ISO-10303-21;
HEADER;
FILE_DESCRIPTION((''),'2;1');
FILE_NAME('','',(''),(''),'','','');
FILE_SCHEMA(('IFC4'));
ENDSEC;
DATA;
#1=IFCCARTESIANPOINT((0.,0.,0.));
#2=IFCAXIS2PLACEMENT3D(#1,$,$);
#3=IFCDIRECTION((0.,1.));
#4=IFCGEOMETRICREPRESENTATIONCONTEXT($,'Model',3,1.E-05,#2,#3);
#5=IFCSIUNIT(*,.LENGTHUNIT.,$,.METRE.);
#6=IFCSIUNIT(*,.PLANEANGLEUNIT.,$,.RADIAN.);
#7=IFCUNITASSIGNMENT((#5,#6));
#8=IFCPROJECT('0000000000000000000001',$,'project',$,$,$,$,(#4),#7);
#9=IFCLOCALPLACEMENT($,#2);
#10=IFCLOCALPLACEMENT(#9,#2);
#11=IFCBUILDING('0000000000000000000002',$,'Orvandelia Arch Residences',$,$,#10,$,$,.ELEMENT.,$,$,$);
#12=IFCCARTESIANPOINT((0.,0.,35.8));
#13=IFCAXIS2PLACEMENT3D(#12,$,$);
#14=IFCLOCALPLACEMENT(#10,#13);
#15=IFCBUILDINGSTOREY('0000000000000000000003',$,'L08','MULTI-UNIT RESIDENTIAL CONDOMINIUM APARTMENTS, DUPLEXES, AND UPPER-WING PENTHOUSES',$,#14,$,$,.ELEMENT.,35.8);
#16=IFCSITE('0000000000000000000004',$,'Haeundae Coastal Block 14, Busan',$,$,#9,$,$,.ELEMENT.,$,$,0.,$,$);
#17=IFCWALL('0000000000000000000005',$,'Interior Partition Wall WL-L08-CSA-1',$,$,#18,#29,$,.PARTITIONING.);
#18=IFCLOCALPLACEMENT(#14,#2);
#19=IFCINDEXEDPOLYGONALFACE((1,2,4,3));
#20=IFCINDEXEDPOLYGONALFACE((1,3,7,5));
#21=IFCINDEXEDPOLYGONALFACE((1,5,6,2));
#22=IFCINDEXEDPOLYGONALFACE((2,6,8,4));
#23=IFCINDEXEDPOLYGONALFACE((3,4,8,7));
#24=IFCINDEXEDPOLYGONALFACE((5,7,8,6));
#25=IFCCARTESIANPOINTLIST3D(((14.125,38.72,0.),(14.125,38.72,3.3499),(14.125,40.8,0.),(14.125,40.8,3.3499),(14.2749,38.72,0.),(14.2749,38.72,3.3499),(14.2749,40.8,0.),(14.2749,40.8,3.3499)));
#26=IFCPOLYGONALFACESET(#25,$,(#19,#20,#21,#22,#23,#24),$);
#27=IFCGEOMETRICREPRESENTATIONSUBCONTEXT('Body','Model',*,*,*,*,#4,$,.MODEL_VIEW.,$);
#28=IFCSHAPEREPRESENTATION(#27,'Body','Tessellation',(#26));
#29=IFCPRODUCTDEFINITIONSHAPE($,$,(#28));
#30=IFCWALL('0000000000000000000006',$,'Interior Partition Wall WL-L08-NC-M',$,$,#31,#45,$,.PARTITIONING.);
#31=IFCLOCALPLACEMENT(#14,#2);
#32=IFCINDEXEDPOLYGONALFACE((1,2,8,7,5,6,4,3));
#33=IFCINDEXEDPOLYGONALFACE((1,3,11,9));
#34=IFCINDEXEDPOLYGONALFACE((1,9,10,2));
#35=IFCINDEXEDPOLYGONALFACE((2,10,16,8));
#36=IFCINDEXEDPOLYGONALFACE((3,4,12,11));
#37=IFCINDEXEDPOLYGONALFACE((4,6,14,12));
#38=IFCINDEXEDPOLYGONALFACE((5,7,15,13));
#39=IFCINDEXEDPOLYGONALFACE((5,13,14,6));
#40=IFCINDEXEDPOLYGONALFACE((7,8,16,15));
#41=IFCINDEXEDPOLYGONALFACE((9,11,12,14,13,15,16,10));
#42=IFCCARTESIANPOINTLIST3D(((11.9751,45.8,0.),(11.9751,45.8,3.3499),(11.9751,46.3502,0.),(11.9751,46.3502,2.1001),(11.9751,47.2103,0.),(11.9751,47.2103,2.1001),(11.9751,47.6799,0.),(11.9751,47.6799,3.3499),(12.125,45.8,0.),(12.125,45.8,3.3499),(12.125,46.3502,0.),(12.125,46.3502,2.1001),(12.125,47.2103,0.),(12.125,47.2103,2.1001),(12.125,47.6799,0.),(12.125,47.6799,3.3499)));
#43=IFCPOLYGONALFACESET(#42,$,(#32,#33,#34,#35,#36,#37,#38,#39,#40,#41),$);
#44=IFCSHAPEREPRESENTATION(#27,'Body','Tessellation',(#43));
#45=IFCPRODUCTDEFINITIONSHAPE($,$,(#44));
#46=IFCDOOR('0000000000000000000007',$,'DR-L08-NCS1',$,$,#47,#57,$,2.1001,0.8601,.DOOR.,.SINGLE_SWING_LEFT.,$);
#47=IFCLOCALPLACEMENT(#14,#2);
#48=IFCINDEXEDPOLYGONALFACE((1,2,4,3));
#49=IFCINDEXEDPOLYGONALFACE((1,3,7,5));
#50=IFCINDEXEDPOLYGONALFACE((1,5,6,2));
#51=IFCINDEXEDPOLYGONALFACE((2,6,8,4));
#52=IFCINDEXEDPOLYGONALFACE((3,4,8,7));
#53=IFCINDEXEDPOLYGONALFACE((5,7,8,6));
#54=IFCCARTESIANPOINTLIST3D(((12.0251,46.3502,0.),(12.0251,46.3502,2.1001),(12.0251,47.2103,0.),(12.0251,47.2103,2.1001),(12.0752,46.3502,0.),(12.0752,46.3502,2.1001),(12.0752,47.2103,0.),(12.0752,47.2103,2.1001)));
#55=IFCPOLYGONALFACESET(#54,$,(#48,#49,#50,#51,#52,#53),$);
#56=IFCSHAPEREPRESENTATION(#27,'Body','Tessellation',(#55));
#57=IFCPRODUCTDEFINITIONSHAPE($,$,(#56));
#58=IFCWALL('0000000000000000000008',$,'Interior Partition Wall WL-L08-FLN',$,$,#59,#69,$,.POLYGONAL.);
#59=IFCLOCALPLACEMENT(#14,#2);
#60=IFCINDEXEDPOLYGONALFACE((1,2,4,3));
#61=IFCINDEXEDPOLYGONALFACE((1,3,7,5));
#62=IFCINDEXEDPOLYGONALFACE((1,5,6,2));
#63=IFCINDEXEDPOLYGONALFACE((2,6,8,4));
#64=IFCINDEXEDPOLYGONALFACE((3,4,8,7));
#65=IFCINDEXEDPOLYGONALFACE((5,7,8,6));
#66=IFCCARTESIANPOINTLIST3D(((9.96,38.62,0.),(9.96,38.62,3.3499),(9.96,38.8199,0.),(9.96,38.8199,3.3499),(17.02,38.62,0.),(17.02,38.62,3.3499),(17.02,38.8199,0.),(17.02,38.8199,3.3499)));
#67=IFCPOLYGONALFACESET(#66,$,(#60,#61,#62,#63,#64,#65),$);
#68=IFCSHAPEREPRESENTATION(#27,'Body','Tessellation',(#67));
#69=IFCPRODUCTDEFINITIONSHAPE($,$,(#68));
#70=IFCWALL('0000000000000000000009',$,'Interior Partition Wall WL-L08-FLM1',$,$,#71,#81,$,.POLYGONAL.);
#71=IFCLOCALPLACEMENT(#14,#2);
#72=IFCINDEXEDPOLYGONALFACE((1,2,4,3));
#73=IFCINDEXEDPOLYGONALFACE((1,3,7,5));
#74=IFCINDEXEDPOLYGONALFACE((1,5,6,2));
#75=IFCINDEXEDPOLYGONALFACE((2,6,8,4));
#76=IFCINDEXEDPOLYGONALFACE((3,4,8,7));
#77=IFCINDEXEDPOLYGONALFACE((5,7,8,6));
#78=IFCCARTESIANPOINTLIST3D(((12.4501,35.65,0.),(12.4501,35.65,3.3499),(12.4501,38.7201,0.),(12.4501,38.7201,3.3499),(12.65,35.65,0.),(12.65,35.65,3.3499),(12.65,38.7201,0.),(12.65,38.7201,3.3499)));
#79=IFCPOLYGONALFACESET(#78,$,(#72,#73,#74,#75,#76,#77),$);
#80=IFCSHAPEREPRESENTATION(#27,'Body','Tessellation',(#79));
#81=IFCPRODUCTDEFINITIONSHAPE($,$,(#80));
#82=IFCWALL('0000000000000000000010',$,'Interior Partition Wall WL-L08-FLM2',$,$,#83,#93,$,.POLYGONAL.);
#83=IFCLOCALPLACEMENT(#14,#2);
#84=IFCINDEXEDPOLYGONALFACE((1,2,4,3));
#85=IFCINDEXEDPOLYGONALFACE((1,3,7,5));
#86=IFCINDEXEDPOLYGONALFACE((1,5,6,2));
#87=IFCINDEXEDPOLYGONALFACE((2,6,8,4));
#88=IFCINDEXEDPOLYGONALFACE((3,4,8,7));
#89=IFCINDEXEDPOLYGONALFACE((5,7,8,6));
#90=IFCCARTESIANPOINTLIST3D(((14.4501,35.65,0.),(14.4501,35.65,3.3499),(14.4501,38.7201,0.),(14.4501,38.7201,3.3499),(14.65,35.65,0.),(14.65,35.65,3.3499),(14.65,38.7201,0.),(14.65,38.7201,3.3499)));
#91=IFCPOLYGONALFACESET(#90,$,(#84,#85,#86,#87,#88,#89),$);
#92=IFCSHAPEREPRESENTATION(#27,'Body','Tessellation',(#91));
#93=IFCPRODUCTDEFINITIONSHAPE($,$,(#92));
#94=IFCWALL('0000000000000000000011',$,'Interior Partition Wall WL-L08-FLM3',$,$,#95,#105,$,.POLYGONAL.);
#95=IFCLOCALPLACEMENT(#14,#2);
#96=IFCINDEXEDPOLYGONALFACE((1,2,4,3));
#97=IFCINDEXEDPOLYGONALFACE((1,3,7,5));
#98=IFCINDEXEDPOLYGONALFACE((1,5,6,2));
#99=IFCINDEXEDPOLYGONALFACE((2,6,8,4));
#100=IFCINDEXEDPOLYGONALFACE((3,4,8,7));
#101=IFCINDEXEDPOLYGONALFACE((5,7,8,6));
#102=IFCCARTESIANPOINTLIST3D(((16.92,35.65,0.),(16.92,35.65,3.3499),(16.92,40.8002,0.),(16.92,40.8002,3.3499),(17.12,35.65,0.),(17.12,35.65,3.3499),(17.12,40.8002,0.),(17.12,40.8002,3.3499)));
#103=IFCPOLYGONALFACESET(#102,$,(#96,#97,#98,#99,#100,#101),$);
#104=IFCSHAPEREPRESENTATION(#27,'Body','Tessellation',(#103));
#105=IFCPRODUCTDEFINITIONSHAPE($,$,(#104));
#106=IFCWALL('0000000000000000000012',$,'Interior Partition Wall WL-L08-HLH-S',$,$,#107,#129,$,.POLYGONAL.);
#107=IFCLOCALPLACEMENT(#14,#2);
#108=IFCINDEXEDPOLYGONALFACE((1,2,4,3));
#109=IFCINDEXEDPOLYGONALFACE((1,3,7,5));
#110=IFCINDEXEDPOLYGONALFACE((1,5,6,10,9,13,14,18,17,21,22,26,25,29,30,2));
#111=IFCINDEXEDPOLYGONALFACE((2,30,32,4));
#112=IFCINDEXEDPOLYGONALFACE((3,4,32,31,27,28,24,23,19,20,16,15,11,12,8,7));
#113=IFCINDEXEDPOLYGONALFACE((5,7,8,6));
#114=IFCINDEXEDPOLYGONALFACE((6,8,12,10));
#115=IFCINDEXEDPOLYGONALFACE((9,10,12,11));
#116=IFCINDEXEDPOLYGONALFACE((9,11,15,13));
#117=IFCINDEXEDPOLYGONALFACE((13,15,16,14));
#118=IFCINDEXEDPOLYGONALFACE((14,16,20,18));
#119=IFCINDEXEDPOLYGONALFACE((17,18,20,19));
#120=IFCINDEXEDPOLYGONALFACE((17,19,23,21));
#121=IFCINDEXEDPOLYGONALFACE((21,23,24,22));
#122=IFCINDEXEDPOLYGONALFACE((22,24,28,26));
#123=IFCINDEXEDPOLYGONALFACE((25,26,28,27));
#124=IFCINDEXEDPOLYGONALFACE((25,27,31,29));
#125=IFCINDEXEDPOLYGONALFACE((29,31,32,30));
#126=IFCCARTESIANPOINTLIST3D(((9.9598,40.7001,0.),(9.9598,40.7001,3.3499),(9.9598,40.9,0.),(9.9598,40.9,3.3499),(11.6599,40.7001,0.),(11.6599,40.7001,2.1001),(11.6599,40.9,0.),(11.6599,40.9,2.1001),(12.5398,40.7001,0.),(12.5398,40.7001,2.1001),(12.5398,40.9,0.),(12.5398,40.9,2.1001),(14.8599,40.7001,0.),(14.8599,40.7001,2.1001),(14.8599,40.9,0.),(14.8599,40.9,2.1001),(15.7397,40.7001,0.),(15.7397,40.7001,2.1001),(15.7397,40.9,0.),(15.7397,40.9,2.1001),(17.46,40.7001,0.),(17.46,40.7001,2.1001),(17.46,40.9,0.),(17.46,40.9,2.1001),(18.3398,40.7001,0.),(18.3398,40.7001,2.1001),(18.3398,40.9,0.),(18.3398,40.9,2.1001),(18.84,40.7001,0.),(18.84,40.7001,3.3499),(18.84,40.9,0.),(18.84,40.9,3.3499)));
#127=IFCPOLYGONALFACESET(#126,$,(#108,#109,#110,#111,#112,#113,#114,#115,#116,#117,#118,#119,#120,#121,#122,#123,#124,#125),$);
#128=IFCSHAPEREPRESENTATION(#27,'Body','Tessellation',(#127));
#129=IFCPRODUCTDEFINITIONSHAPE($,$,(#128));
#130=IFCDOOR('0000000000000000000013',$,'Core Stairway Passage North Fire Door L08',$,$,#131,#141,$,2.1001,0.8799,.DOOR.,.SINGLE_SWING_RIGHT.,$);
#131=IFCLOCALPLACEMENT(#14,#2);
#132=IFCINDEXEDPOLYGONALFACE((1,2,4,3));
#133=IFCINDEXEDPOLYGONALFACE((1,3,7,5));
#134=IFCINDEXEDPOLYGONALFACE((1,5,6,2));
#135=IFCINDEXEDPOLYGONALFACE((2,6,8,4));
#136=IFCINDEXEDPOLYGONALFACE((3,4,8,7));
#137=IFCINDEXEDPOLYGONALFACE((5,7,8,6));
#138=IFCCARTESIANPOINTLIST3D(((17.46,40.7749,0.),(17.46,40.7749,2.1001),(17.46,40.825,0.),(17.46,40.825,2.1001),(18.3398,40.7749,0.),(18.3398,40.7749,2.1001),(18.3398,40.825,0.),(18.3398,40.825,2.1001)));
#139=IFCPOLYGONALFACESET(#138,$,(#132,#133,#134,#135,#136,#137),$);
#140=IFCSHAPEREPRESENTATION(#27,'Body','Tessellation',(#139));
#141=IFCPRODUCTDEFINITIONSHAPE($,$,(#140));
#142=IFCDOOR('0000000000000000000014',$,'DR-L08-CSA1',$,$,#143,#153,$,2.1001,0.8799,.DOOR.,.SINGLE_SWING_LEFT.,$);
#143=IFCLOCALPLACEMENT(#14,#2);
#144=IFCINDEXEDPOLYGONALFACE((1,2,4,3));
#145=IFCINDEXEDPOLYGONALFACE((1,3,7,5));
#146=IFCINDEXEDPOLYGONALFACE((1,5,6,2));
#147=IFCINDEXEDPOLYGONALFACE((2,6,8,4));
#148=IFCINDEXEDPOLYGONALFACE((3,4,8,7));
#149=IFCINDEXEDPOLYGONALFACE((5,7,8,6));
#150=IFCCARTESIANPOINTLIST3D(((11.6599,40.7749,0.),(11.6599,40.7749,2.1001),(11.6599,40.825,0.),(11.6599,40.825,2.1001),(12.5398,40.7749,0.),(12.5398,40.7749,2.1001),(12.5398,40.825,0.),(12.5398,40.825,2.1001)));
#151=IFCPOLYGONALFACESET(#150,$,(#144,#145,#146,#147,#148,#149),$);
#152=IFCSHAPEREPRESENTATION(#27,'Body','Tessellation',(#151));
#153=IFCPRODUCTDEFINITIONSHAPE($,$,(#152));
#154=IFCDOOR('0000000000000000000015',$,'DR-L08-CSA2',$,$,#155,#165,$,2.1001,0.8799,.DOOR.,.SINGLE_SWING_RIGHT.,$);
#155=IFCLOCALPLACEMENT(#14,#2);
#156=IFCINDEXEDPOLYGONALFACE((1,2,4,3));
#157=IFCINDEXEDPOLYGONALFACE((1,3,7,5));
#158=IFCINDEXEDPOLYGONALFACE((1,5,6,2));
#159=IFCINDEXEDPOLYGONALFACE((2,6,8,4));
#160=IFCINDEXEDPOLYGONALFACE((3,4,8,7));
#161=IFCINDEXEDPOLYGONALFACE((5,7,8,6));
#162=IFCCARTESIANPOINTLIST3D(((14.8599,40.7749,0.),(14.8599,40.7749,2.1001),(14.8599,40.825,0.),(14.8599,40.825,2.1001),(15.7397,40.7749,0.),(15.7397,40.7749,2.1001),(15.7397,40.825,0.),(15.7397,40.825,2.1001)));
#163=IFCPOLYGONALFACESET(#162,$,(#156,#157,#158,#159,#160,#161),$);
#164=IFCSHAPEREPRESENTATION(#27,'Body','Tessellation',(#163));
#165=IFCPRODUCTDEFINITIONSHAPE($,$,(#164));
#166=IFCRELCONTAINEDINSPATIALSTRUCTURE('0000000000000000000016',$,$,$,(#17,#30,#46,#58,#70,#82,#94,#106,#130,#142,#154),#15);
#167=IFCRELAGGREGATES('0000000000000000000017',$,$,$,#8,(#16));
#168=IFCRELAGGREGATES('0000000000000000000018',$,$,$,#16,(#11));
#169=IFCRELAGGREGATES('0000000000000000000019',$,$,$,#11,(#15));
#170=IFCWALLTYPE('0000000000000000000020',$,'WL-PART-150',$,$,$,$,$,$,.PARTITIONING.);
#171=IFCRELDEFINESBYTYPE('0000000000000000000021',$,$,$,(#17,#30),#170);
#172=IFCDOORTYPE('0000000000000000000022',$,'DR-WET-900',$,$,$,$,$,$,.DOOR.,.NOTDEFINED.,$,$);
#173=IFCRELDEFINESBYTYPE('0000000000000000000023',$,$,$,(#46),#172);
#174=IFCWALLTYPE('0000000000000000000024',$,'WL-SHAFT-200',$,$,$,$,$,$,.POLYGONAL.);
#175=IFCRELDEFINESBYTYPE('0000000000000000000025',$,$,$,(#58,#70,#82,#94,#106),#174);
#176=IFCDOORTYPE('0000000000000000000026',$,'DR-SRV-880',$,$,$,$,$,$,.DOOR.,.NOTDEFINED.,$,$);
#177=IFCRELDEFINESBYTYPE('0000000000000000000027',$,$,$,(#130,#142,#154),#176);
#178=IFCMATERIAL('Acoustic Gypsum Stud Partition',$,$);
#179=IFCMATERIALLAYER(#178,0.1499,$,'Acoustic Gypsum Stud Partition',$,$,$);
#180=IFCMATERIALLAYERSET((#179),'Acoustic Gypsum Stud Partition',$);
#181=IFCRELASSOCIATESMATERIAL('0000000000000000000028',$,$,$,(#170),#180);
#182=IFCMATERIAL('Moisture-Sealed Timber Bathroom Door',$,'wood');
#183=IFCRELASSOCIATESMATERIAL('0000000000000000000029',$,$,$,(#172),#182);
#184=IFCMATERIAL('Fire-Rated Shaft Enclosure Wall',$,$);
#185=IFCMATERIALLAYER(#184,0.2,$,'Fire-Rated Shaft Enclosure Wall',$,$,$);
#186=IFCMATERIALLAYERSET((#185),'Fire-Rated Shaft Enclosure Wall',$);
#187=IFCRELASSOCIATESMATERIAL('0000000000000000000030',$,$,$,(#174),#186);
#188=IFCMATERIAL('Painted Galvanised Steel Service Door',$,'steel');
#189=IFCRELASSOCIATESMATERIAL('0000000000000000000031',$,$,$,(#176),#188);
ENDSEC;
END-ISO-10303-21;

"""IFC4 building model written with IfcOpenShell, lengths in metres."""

from ifc_helpers import new_model, si_unit, direction, frame, frame_2d, origin, place, context, subcontext, project, spatial, rectangle, extrude, material, layer, layer_set, type_object, element, fill, save


model = new_model("IFC4")

# Units and contexts
model_context = context("Model", 3, precision=1e-05, world=origin(), true_north=direction((0.0, 1.0)))
body_context = subcontext(model_context, "Body", "Model", "MODEL_VIEW")
ifc_project = project(units=[si_unit("LENGTHUNIT", "METRE"), si_unit("PLANEANGLEUNIT", "RADIAN")], contexts=[model_context])

# Site, building, storey
site_placement = place(None, origin())
site = spatial("IfcSite", under=ifc_project, at=site_placement, Name="Haeundae Coastal Block 14, Busan", CompositionType="ELEMENT", RefElevation=0.0)
building_placement = place(site_placement, origin())
building = spatial("IfcBuilding", under=site, at=building_placement, Name="Orvandelia Arch Residences", CompositionType="ELEMENT")
storey_placement = place(building_placement, frame((0.0, 0.0, 35.8)))
storey = spatial("IfcBuildingStorey", under=building, at=storey_placement, Name="L08", Description="MULTI-UNIT RESIDENTIAL CONDOMINIUM APARTMENTS, DUPLEXES, AND UPPER-WING PENTHOUSES", CompositionType="ELEMENT", Elevation=35.8)

# Wall
ifc_material_1 = material(Name="Acoustic Gypsum Stud Partition")
ifc_layer_1 = layer(ifc_material_1, 0.1499, Name="Acoustic Gypsum Stud Partition")
ifc_layer_set_1 = layer_set([ifc_layer_1], Name="Acoustic Gypsum Stud Partition")
wall_type_1 = type_object("IfcWallType", Name="WL-PART-150", PredefinedType="PARTITIONING", material=ifc_layer_set_1)
wall_1_placement = place(storey_placement, frame((14.2, 38.72, 0.0), z_axis=(0.0, 0.0, 1.0), x_axis=(0.0, 1.0, 0.0)))
element("IfcWall", 1, at=wall_1_placement, inside=storey, type_object=wall_type_1, Name="Interior Partition Wall WL-L08-CSA-1", PredefinedType="PARTITIONING", context=body_context, shape_type="SweptSolid", body=[
    extrude(rectangle(XDim=2.0801, YDim=0.1499, at=frame_2d((1.04, 0.0))), origin(), (0.0, 0.0, 1.0), 3.3499),
])

# Wall, opening, door
wall_2_placement = place(storey_placement, frame((12.05, 45.8, 0.0), z_axis=(0.0, 0.0, 1.0), x_axis=(0.0, 1.0, 0.0)))
wall_2 = element("IfcWall", 2, at=wall_2_placement, inside=storey, type_object=wall_type_1, Name="Interior Partition Wall WL-L08-NC-M", PredefinedType="PARTITIONING", context=body_context, shape_type="SweptSolid", body=[
    extrude(rectangle(XDim=1.8799, YDim=0.1499, at=frame_2d((0.9399, 0.0))), origin(), (0.0, 0.0, 1.0), 3.3499),
])
opening_1_placement = place(wall_2_placement, frame((0.55, 0.0, 0.0)))
opening_1 = element("IfcOpeningElement", 3, at=opening_1_placement, cuts=wall_2, PredefinedType="OPENING", context=body_context, shape_type="SweptSolid", body=[
    extrude(rectangle(XDim=0.8601, YDim=2.1001, at=frame_2d((0.4302, 1.05))), frame((0.0, 0.085, 0.0), z_axis=(0.0, -1.0, 0.0), x_axis=(1.0, 0.0, 0.0)), (0.0, 0.0, 1.0), 0.1699),
])
ifc_material_2 = material(Name="Moisture-Sealed Timber Bathroom Door", Category="wood")
door_type_1 = type_object("IfcDoorType", Name="DR-WET-900", OperationType="NOTDEFINED", PredefinedType="DOOR", material=ifc_material_2)
door_1_placement = place(opening_1_placement, origin())
door_1 = element("IfcDoor", 4, at=door_1_placement, inside=storey, type_object=door_type_1, Name="DR-L08-NCS1", OperationType="SINGLE_SWING_LEFT", OverallHeight=2.1001, OverallWidth=0.8601, PredefinedType="DOOR", context=body_context, shape_type="SweptSolid", body=[
    extrude(rectangle(XDim=0.8601, YDim=2.1001, at=frame_2d((0.4302, 1.05))), frame((0.0, 0.0249, 0.0), z_axis=(0.0, -1.0, 0.0), x_axis=(1.0, 0.0, 0.0)), (0.0, 0.0, 1.0), 0.05),
])
fill(opening_1, door_1)

# Walls
ifc_material_3 = material(Name="Fire-Rated Shaft Enclosure Wall")
ifc_layer_2 = layer(ifc_material_3, 0.2, Name="Fire-Rated Shaft Enclosure Wall")
ifc_layer_set_2 = layer_set([ifc_layer_2], Name="Fire-Rated Shaft Enclosure Wall")
wall_type_2 = type_object("IfcWallType", Name="WL-SHAFT-200", PredefinedType="POLYGONAL", material=ifc_layer_set_2)
wall_3_placement = place(storey_placement, frame((9.96, 38.72, 0.0), z_axis=(0.0, 0.0, 1.0), x_axis=(1.0, 0.0, 0.0)))
element("IfcWall", 5, at=wall_3_placement, inside=storey, type_object=wall_type_2, Name="Interior Partition Wall WL-L08-FLN", PredefinedType="POLYGONAL", context=body_context, shape_type="SweptSolid", body=[
    extrude(rectangle(XDim=7.0601, YDim=0.2, at=frame_2d((3.53, 0.0))), origin(), (0.0, 0.0, 1.0), 3.3499),
])
for number, where, z_axis, x_axis, name in (
    (6, (12.55, 35.6499, 0.0), (0.0, 0.0, 1.0), (0.0, 1.0, 0.0), "Interior Partition Wall WL-L08-FLM1"),
    (7, (14.55, 35.6499, 0.0), (0.0, 0.0, 1.0), (0.0, 1.0, 0.0), "Interior Partition Wall WL-L08-FLM2"),
):
    element("IfcWall", number, at=place(storey_placement, frame(where, z_axis=z_axis, x_axis=x_axis)), inside=storey, type_object=wall_type_2, Name=name, PredefinedType="POLYGONAL", context=body_context, shape_type="SweptSolid", body=[
        extrude(rectangle(XDim=3.0701, YDim=0.2, at=frame_2d((1.5352, 0.0))), origin(), (0.0, 0.0, 1.0), 3.3499),
    ])
wall_4_placement = place(storey_placement, frame((17.02, 35.6499, 0.0), z_axis=(0.0, 0.0, 1.0), x_axis=(0.0, 1.0, 0.0)))
element("IfcWall", 8, at=wall_4_placement, inside=storey, type_object=wall_type_2, Name="Interior Partition Wall WL-L08-FLM3", PredefinedType="POLYGONAL", context=body_context, shape_type="SweptSolid", body=[
    extrude(rectangle(XDim=5.1501, YDim=0.2, at=frame_2d((2.5752, 0.0))), origin(), (0.0, 0.0, 1.0), 3.3499),
])

# Wall, openings, doors
wall_5_placement = place(storey_placement, frame((9.96, 40.8, 0.0), z_axis=(0.0, 0.0, 1.0), x_axis=(1.0, 0.0, 0.0)))
wall_5 = element("IfcWall", 9, at=wall_5_placement, inside=storey, type_object=wall_type_2, Name="Interior Partition Wall WL-L08-HLH-S", PredefinedType="POLYGONAL", context=body_context, shape_type="SweptSolid", body=[
    extrude(rectangle(XDim=8.8801, YDim=0.2, at=frame_2d((4.4399, 0.0))), origin(), (0.0, 0.0, 1.0), 3.3499),
])
opening_2_placement = place(wall_5_placement, frame((7.5, 0.0, 0.0)))
opening_2 = element("IfcOpeningElement", 10, at=opening_2_placement, cuts=wall_5, PredefinedType="OPENING", context=body_context, shape_type="SweptSolid", body=[
    extrude(rectangle(XDim=0.8799, YDim=2.1001, at=frame_2d((0.4399, 1.05))), frame((0.0, 0.1099, 0.0), z_axis=(0.0, -1.0, 0.0), x_axis=(1.0, 0.0, 0.0)), (0.0, 0.0, 1.0), 0.22),
])
opening_3_placement = place(wall_5_placement, frame((1.7, 0.0, 0.0)))
opening_3 = element("IfcOpeningElement", 11, at=opening_3_placement, cuts=wall_5, PredefinedType="OPENING", context=body_context, shape_type="SweptSolid", body=[
    extrude(rectangle(XDim=0.8799, YDim=2.1001, at=frame_2d((0.4399, 1.05))), frame((0.0, 0.1099, 0.0), z_axis=(0.0, -1.0, 0.0), x_axis=(1.0, 0.0, 0.0)), (0.0, 0.0, 1.0), 0.22),
])
opening_4_placement = place(wall_5_placement, frame((4.8999, 0.0, 0.0)))
opening_4 = element("IfcOpeningElement", 12, at=opening_4_placement, cuts=wall_5, PredefinedType="OPENING", context=body_context, shape_type="SweptSolid", body=[
    extrude(rectangle(XDim=0.8799, YDim=2.1001, at=frame_2d((0.4399, 1.05))), frame((0.0, 0.1099, 0.0), z_axis=(0.0, -1.0, 0.0), x_axis=(1.0, 0.0, 0.0)), (0.0, 0.0, 1.0), 0.22),
])
ifc_material_4 = material(Name="Painted Galvanised Steel Service Door", Category="steel")
door_type_2 = type_object("IfcDoorType", Name="DR-SRV-880", OperationType="NOTDEFINED", PredefinedType="DOOR", material=ifc_material_4)
door_2_placement = place(opening_2_placement, origin())
door_2 = element("IfcDoor", 13, at=door_2_placement, inside=storey, type_object=door_type_2, Name="Core Stairway Passage North Fire Door L08", OperationType="SINGLE_SWING_RIGHT", OverallHeight=2.1001, OverallWidth=0.8799, PredefinedType="DOOR", context=body_context, shape_type="SweptSolid", body=[
    extrude(rectangle(XDim=0.8799, YDim=2.1001, at=frame_2d((0.4399, 1.05))), frame((0.0, 0.0249, 0.0), z_axis=(0.0, -1.0, 0.0), x_axis=(1.0, 0.0, 0.0)), (0.0, 0.0, 1.0), 0.05),
])
fill(opening_2, door_2)
door_3_placement = place(opening_3_placement, origin())
door_3 = element("IfcDoor", 14, at=door_3_placement, inside=storey, type_object=door_type_2, Name="DR-L08-CSA1", OperationType="SINGLE_SWING_LEFT", OverallHeight=2.1001, OverallWidth=0.8799, PredefinedType="DOOR", context=body_context, shape_type="SweptSolid", body=[
    extrude(rectangle(XDim=0.8799, YDim=2.1001, at=frame_2d((0.4399, 1.05))), frame((0.0, 0.0249, 0.0), z_axis=(0.0, -1.0, 0.0), x_axis=(1.0, 0.0, 0.0)), (0.0, 0.0, 1.0), 0.05),
])
fill(opening_3, door_3)
door_4_placement = place(opening_4_placement, origin())
door_4 = element("IfcDoor", 15, at=door_4_placement, inside=storey, type_object=door_type_2, Name="DR-L08-CSA2", OperationType="SINGLE_SWING_RIGHT", OverallHeight=2.1001, OverallWidth=0.8799, PredefinedType="DOOR", context=body_context, shape_type="SweptSolid", body=[
    extrude(rectangle(XDim=0.8799, YDim=2.1001, at=frame_2d((0.4399, 1.05))), frame((0.0, 0.0249, 0.0), z_axis=(0.0, -1.0, 0.0), x_axis=(1.0, 0.0, 0.0)), (0.0, 0.0, 1.0), 0.05),
])
fill(opening_4, door_4)

save(model, "model.ifc")
